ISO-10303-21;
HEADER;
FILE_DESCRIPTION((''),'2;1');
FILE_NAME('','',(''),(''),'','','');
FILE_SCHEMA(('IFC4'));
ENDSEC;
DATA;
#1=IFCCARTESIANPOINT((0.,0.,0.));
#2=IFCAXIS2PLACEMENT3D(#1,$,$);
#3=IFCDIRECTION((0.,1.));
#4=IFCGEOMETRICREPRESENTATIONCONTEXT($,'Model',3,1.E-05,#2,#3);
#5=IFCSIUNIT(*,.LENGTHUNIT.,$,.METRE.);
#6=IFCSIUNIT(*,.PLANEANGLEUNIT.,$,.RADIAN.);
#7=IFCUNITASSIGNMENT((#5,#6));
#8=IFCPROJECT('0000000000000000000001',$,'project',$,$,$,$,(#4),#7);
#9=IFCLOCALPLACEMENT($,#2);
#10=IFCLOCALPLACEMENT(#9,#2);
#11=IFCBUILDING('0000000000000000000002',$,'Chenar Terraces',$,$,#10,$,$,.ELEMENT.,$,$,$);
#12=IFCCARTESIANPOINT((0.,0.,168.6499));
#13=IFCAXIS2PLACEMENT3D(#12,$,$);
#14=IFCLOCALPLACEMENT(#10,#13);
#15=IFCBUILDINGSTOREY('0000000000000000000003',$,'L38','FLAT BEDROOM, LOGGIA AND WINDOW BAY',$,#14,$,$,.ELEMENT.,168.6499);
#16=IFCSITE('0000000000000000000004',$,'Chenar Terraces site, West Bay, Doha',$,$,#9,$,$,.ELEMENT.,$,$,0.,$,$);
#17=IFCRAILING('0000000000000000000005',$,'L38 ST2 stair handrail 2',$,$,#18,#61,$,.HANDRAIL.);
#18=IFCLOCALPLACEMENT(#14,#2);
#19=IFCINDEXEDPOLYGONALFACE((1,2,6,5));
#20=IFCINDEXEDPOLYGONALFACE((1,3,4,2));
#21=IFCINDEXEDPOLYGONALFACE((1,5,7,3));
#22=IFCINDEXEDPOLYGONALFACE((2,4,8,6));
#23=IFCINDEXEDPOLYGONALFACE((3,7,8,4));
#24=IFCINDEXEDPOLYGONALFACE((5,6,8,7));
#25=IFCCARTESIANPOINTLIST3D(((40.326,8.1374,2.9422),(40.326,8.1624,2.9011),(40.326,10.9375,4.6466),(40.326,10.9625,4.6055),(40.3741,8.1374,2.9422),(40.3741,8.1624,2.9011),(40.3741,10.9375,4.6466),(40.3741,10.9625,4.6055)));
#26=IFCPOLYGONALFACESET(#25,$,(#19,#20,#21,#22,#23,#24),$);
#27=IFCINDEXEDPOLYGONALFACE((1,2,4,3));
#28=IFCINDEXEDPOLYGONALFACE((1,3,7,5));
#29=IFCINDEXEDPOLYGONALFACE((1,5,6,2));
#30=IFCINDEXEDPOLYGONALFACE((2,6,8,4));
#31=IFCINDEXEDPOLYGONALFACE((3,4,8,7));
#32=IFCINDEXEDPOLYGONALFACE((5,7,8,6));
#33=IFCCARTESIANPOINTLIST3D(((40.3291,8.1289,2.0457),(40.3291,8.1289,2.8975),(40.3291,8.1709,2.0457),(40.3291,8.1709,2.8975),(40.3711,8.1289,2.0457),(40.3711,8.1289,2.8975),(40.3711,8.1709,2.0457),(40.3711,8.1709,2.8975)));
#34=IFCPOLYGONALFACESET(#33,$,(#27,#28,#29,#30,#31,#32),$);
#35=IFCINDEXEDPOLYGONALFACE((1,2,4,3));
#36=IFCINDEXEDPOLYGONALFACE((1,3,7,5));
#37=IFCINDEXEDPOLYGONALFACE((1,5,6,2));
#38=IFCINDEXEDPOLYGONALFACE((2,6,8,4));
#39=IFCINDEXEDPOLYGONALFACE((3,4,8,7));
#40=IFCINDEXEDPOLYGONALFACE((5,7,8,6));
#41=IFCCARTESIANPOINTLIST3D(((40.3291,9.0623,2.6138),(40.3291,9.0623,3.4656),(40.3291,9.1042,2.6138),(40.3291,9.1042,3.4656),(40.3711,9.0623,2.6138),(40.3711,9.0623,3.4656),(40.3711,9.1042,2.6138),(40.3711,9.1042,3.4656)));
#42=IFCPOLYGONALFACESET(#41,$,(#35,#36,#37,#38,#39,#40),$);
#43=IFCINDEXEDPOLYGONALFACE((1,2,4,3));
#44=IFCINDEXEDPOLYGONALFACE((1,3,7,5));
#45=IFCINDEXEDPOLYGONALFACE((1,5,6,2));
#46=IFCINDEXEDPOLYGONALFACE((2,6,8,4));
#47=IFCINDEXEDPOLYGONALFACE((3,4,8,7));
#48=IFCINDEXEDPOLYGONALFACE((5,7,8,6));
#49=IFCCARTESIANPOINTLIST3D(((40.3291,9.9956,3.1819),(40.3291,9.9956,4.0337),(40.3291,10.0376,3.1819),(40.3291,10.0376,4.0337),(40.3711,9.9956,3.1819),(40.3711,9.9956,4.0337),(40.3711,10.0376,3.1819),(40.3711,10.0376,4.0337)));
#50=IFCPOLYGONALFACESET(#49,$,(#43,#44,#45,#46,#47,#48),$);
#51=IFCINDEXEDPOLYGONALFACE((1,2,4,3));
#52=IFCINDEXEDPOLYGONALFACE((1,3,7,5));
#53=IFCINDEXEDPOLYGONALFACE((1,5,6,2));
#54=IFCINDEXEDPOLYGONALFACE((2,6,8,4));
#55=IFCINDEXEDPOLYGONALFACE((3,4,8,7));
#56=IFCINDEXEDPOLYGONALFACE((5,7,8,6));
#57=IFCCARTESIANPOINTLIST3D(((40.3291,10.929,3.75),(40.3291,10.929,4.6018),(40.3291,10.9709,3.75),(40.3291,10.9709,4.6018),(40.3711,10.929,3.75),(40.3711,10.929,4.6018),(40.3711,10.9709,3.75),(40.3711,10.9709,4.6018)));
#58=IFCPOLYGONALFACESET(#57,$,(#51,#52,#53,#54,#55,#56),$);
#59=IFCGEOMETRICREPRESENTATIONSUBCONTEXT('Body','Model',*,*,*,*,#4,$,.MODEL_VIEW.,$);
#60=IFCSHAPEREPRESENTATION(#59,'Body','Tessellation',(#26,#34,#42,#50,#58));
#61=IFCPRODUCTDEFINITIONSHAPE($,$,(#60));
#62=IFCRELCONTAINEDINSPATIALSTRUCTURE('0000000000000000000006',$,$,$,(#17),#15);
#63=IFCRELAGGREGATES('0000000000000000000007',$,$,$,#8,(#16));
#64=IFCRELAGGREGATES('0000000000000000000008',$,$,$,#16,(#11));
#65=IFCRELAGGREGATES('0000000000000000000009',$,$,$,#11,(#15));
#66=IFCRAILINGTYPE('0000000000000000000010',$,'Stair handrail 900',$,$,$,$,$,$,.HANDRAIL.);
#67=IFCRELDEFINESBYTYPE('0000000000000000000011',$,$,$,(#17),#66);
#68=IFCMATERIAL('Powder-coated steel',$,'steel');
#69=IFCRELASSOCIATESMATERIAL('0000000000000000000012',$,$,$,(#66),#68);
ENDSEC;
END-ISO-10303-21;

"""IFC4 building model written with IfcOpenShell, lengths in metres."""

from ifc_helpers import new_model, si_unit, direction, frame, origin, origin_2d, place, context, subcontext, project, spatial, rectangle, extrude, material, type_object, element, save


model = new_model("IFC4")

# Units and contexts
model_context = context("Model", 3, precision=1e-05, world=origin(), true_north=direction((0.0, 1.0)))
body_context = subcontext(model_context, "Body", "Model", "MODEL_VIEW")
ifc_project = project(units=[si_unit("LENGTHUNIT", "METRE"), si_unit("PLANEANGLEUNIT", "RADIAN")], contexts=[model_context])

# Site, building, storey
site_placement = place(None, origin())
site = spatial("IfcSite", under=ifc_project, at=site_placement, Name="Chenar Terraces site, West Bay, Doha", CompositionType="ELEMENT", RefElevation=0.0)
building_placement = place(site_placement, origin())
building = spatial("IfcBuilding", under=site, at=building_placement, Name="Chenar Terraces", CompositionType="ELEMENT")
storey_placement = place(building_placement, frame((0.0, 0.0, 168.6499)))
storey = spatial("IfcBuildingStorey", under=building, at=storey_placement, Name="L38", Description="FLAT BEDROOM, LOGGIA AND WINDOW BAY", CompositionType="ELEMENT", Elevation=168.6499)

# Railing
ifc_material_1 = material(Name="Powder-coated steel", Category="steel")
railing_type_1 = type_object("IfcRailingType", Name="Stair handrail 900", PredefinedType="HANDRAIL", material=ifc_material_1)
railing_1_placement = place(storey_placement, frame((40.3501, 8.1499, 2.0457)))
element("IfcRailing", 1, at=railing_1_placement, inside=storey, type_object=railing_type_1, Name="L38 ST2 stair handrail 2", PredefinedType="HANDRAIL", context=body_context, shape_type="SweptSolid", body=[
    extrude(rectangle(XDim=0.0481, YDim=0.0481, at=origin_2d()), frame((0.0, 0.0, 0.876), z_axis=(0.0, 0.854203, 0.51994), x_axis=(-1.0, 0.0, 0.0)), (0.0, 0.0, 1.0), 3.2781),
    extrude(rectangle(XDim=0.042, YDim=0.042, at=origin_2d()), origin(), (0.0, 0.0, 1.0), 0.8518),
    extrude(rectangle(XDim=0.042, YDim=0.042, at=origin_2d()), frame((0.0, 0.9333, 0.5681)), (0.0, 0.0, 1.0), 0.8518),
    extrude(rectangle(XDim=0.042, YDim=0.042, at=origin_2d()), frame((0.0, 1.8667, 1.1362)), (0.0, 0.0, 1.0), 0.8518),
    extrude(rectangle(XDim=0.042, YDim=0.042, at=origin_2d()), frame((0.0, 2.8, 1.7043)), (0.0, 0.0, 1.0), 0.8518),
])

save(model, "model.ifc")
